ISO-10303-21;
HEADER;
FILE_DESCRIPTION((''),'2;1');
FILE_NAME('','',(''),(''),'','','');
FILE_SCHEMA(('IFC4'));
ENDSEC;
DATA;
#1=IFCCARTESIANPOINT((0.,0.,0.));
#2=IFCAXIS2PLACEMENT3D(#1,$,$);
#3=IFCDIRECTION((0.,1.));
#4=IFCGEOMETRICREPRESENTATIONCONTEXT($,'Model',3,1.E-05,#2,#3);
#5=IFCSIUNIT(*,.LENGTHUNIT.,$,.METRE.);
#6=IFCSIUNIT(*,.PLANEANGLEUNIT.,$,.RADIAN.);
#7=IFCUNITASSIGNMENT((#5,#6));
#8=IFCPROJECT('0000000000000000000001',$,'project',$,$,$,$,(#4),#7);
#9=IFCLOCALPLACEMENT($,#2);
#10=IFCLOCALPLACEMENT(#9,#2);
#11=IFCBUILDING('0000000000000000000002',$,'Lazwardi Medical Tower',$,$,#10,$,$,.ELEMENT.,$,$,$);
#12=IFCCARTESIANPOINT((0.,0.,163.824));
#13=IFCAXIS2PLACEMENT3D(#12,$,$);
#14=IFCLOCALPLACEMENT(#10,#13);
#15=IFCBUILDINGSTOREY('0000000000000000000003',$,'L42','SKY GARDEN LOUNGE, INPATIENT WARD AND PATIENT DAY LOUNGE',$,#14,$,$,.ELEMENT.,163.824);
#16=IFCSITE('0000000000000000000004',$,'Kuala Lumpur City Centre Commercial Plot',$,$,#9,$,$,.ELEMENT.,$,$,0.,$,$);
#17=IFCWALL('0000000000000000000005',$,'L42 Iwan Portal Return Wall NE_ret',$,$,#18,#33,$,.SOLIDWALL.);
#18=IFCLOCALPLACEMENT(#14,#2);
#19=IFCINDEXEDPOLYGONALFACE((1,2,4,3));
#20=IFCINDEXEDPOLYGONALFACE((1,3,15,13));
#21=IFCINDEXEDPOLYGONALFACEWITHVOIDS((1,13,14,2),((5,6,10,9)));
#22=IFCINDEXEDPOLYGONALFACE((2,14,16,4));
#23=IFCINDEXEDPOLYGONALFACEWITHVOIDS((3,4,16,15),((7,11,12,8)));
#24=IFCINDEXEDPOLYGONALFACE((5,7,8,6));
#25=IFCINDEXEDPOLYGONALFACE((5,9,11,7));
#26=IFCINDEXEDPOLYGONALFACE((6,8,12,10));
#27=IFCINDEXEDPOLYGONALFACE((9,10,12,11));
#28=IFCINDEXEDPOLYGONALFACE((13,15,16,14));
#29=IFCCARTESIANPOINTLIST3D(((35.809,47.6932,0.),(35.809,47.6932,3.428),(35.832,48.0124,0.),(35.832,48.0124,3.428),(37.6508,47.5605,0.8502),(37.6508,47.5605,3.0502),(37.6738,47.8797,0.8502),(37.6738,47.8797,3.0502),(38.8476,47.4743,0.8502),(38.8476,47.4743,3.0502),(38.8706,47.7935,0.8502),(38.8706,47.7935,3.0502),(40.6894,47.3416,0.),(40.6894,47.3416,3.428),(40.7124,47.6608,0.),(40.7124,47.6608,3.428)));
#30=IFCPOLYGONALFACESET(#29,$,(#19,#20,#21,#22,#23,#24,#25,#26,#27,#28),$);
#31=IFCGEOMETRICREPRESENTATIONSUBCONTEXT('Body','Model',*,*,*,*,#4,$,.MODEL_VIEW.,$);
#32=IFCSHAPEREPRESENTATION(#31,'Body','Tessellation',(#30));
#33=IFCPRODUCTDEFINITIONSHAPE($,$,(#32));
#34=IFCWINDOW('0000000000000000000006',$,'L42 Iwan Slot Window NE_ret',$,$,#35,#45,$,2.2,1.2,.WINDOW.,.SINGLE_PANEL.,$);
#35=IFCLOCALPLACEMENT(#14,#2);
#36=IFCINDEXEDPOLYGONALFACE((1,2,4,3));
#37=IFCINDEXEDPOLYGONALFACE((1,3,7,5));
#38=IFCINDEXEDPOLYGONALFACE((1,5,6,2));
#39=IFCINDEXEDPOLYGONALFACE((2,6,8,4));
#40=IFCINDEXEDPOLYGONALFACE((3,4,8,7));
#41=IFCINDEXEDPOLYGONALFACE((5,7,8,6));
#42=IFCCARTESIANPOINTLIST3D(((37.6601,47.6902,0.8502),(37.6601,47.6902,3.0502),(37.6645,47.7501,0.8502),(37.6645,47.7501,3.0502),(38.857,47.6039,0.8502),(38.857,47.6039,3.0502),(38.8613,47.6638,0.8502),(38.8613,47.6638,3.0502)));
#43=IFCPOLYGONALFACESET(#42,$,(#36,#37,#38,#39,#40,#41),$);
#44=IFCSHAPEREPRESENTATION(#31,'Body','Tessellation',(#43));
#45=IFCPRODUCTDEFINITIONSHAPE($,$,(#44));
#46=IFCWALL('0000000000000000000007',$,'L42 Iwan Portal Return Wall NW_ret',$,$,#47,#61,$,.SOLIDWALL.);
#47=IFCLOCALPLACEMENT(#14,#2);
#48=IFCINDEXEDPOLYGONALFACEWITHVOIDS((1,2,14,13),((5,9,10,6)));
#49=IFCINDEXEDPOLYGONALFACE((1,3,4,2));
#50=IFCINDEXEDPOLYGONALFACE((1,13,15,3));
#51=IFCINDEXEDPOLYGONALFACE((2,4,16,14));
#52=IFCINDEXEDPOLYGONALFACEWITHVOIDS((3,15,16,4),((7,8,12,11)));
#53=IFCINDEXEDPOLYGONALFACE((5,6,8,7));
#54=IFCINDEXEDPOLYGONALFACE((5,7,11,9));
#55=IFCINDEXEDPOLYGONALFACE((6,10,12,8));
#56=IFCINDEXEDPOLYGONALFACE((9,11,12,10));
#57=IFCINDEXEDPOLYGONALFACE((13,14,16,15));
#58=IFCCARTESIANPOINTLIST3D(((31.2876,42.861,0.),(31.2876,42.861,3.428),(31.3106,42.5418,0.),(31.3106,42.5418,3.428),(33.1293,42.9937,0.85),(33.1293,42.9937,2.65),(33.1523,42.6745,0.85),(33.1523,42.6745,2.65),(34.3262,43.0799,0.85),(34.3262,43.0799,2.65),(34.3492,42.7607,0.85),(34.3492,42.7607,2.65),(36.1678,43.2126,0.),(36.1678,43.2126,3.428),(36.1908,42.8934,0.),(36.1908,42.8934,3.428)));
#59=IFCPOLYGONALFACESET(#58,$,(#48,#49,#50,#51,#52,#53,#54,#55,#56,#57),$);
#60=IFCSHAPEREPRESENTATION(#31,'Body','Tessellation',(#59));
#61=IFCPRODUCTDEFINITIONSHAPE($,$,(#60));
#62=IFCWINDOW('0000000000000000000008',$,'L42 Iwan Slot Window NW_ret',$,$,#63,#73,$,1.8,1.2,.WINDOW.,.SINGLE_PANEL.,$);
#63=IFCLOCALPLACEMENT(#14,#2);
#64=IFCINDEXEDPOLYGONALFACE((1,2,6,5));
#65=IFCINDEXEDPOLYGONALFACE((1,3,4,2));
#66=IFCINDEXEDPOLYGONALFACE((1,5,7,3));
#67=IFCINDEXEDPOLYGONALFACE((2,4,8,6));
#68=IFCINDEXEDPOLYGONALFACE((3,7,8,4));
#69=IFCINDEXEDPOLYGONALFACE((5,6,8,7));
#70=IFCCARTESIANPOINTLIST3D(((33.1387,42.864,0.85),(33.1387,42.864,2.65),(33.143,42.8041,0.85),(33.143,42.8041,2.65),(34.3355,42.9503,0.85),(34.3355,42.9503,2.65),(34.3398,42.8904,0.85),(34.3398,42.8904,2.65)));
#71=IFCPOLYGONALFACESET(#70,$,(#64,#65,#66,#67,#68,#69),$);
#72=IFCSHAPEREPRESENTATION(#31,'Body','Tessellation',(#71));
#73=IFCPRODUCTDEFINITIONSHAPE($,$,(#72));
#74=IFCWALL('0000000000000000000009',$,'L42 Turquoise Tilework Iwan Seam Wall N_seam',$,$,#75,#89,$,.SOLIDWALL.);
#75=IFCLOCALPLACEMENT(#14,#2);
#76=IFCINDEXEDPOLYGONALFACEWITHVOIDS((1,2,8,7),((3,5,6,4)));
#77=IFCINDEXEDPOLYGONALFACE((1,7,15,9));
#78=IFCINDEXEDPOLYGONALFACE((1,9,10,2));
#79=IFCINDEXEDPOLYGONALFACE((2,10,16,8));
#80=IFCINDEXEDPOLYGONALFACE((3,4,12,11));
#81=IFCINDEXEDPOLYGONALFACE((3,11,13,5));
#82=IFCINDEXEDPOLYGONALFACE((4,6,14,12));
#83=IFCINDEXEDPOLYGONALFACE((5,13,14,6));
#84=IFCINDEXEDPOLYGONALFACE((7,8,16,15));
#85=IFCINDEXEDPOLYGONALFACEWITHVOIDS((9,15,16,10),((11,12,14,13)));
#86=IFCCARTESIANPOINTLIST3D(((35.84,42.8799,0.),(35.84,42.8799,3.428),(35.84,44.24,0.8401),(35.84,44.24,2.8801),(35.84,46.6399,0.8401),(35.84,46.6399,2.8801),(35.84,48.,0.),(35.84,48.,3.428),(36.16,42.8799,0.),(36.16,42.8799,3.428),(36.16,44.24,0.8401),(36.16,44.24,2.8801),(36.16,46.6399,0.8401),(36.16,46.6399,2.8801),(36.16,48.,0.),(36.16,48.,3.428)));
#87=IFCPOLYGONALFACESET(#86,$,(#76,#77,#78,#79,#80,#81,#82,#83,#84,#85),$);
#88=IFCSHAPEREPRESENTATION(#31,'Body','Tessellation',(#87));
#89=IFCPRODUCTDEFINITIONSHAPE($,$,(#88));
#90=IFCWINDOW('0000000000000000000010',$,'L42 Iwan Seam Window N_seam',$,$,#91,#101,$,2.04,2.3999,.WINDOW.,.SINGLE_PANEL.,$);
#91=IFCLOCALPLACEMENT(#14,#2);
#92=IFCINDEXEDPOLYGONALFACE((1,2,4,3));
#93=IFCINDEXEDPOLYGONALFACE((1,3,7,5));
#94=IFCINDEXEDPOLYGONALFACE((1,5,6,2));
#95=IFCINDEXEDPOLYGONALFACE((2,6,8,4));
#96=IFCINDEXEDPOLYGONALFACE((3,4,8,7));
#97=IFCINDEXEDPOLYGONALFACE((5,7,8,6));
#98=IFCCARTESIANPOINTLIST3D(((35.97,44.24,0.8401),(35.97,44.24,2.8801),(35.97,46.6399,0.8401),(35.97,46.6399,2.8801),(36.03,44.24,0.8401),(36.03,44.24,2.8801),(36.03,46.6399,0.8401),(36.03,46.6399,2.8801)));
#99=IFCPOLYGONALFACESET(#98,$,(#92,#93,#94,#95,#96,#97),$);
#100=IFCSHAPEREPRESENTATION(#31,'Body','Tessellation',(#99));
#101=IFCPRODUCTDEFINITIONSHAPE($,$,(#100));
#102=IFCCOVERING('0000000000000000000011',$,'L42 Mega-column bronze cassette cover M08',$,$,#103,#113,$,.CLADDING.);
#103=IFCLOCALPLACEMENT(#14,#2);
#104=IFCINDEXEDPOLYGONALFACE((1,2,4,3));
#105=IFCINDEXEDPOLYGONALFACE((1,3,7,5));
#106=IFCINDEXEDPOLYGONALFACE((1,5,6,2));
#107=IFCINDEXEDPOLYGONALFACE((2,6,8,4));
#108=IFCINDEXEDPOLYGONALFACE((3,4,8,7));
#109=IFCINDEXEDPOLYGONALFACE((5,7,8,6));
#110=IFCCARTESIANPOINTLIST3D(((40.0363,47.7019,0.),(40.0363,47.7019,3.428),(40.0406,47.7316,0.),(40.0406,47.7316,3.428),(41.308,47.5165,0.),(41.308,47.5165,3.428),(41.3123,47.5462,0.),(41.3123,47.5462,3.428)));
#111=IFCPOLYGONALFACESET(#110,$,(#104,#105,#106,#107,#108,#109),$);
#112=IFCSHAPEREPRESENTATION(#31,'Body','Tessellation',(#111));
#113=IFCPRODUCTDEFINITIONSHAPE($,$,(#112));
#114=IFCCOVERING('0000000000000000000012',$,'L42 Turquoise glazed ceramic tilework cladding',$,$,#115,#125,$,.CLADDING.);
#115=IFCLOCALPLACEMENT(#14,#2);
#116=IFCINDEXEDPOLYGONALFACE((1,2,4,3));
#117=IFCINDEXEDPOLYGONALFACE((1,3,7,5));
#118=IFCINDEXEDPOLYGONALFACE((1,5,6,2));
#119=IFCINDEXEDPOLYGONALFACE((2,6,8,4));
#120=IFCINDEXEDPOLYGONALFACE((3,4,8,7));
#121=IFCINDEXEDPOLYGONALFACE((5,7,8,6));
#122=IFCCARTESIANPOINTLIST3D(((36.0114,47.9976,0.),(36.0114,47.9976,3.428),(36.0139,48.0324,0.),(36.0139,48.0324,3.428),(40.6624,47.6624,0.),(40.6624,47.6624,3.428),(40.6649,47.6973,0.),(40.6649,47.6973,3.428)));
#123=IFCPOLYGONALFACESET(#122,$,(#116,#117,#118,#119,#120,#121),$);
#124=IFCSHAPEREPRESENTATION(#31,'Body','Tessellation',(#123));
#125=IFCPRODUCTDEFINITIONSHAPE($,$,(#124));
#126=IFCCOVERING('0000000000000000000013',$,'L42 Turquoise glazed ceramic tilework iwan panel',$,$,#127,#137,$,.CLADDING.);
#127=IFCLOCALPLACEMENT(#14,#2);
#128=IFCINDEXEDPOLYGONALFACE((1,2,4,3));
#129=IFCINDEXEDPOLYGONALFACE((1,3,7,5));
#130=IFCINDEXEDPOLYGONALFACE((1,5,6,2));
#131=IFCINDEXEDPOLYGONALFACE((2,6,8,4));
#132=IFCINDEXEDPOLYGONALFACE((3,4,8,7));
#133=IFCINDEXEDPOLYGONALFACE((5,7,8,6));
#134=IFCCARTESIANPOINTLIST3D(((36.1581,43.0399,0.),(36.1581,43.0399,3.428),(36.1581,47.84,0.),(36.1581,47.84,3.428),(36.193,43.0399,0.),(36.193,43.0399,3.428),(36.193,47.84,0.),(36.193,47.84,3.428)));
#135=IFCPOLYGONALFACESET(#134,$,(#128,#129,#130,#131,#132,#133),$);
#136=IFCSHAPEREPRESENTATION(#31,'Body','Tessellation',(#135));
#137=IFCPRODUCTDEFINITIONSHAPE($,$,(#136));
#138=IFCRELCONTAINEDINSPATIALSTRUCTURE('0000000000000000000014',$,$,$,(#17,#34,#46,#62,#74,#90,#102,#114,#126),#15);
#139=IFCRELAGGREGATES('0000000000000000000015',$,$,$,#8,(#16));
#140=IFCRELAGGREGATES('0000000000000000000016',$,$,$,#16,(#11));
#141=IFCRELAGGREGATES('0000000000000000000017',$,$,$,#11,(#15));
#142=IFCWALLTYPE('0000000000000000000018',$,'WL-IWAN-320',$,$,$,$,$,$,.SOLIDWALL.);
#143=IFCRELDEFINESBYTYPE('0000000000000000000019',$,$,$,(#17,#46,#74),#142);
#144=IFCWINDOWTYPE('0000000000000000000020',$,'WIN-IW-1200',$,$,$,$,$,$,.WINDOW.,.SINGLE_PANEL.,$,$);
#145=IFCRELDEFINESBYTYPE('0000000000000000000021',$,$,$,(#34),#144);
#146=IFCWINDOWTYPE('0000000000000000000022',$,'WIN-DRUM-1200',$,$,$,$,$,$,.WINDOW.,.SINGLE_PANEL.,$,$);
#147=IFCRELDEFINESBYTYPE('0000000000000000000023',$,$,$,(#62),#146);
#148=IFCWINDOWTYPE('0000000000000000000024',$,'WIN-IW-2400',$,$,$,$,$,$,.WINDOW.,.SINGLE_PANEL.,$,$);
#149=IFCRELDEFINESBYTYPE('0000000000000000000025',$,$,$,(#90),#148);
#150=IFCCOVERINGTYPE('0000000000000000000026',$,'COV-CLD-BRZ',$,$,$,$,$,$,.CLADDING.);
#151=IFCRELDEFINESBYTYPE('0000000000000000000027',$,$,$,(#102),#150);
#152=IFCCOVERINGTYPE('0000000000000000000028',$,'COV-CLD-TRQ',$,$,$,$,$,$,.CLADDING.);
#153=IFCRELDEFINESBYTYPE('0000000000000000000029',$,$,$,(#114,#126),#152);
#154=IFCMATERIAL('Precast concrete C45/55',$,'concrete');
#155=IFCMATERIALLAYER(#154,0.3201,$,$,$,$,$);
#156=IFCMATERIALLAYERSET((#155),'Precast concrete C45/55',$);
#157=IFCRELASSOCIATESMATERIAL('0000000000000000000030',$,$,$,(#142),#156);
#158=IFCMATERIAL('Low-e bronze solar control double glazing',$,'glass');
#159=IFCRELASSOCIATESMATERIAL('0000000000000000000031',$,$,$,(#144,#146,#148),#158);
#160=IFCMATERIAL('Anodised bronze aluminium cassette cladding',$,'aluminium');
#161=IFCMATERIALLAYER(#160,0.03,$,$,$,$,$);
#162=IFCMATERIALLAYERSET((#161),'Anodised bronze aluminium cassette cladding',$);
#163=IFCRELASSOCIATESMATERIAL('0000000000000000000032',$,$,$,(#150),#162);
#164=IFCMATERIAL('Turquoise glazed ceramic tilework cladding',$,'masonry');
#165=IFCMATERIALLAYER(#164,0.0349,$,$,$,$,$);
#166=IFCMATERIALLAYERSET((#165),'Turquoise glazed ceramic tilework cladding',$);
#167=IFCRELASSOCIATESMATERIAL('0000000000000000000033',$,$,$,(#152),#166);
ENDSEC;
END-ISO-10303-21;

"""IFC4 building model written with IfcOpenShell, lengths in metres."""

from ifc_helpers import new_model, si_unit, direction, frame, frame_2d, origin, origin_2d, place, context, subcontext, project, spatial, rectangle, extrude, material, layer, layer_set, type_object, element, fill, save


model = new_model("IFC4")

# Units and contexts
model_context = context("Model", 3, precision=1e-05, world=origin(), true_north=direction((0.0, 1.0)))
body_context = subcontext(model_context, "Body", "Model", "MODEL_VIEW")
ifc_project = project(units=[si_unit("LENGTHUNIT", "METRE"), si_unit("PLANEANGLEUNIT", "RADIAN")], contexts=[model_context])

# Site, building, storey
site_placement = place(None, origin())
site = spatial("IfcSite", under=ifc_project, at=site_placement, Name="Kuala Lumpur City Centre Commercial Plot", CompositionType="ELEMENT", RefElevation=0.0)
building_placement = place(site_placement, origin())
building = spatial("IfcBuilding", under=site, at=building_placement, Name="Lazwardi Medical Tower", CompositionType="ELEMENT")
storey_placement = place(building_placement, frame((0.0, 0.0, 163.824)))
storey = spatial("IfcBuildingStorey", under=building, at=storey_placement, Name="L42", Description="SKY GARDEN LOUNGE, INPATIENT WARD AND PATIENT DAY LOUNGE", CompositionType="ELEMENT", Elevation=163.824)

# Shared definitions
ifc_material_1 = material(Name="Low-e bronze solar control double glazing", Category="glass")

# Walls, openings, windows
ifc_material_2 = material(Name="Precast concrete C45/55", Category="concrete")
ifc_layer_1 = layer(ifc_material_2, 0.3201)
ifc_layer_set_1 = layer_set([ifc_layer_1], Name="Precast concrete C45/55")
wall_type_1 = type_object("IfcWallType", Name="WL-IWAN-320", PredefinedType="SOLIDWALL", material=ifc_layer_set_1)
wall_1_placement = place(storey_placement, frame((40.7009, 47.5012, 0.0), z_axis=(0.0, 0.0, 1.0), x_axis=(-0.997415, 0.07185, 0.0)))
wall_1 = element("IfcWall", 1, at=wall_1_placement, inside=storey, type_object=wall_type_1, Name="L42 Iwan Portal Return Wall NE_ret", PredefinedType="SOLIDWALL", context=body_context, shape_type="SweptSolid", body=[
    extrude(rectangle(XDim=4.8931, YDim=0.3201, at=frame_2d((2.4465, 0.0))), origin(), (0.0, 0.0, 1.0), 3.428),
])
opening_1_placement = place(wall_1_placement, frame((1.8464, 0.0, 0.8501)))
opening_1 = element("IfcOpeningElement", 2, at=opening_1_placement, cuts=wall_1, PredefinedType="OPENING", context=body_context, shape_type="SweptSolid", body=[
    extrude(rectangle(XDim=1.2, YDim=2.2, at=frame_2d((0.6001, 1.1001))), frame((0.0, 0.1699, 0.0), z_axis=(0.0, -1.0, 0.0), x_axis=(1.0, 0.0, 0.0)), (0.0, 0.0, 1.0), 0.3401),
])
window_type_1 = type_object("IfcWindowType", Name="WIN-IW-1200", PartitioningType="SINGLE_PANEL", PredefinedType="WINDOW", material=ifc_material_1)
window_1_placement = place(opening_1_placement, origin())
window_1 = element("IfcWindow", 3, at=window_1_placement, inside=storey, type_object=window_type_1, Name="L42 Iwan Slot Window NE_ret", OverallHeight=2.2, OverallWidth=1.2, PartitioningType="SINGLE_PANEL", PredefinedType="WINDOW", context=body_context, shape_type="SweptSolid", body=[
    extrude(rectangle(XDim=1.2, YDim=2.2, at=frame_2d((0.6001, 1.1001))), frame((0.0, 0.03, 0.0), z_axis=(0.0, -1.0, 0.0), x_axis=(1.0, 0.0, 0.0)), (0.0, 0.0, 1.0), 0.0601),
])
fill(opening_1, window_1)
wall_2_placement = place(storey_placement, frame((36.1792, 43.053, 0.0), z_axis=(0.0, 0.0, 1.0), x_axis=(-0.997415, -0.071853, 0.0)))
wall_2 = element("IfcWall", 4, at=wall_2_placement, inside=storey, type_object=wall_type_1, Name="L42 Iwan Portal Return Wall NW_ret", PredefinedType="SOLIDWALL", context=body_context, shape_type="SweptSolid", body=[
    extrude(rectangle(XDim=4.8928, YDim=0.3201, at=frame_2d((2.4463, 0.0))), origin(), (0.0, 0.0, 1.0), 3.428),
])
opening_2_placement = place(wall_2_placement, frame((1.8462, 0.0, 0.8501)))
opening_2 = element("IfcOpeningElement", 5, at=opening_2_placement, cuts=wall_2, PredefinedType="OPENING", context=body_context, shape_type="SweptSolid", body=[
    extrude(rectangle(XDim=1.2, YDim=1.8, at=frame_2d((0.6001, 0.8999))), frame((0.0, 0.1699, 0.0), z_axis=(0.0, -1.0, 0.0), x_axis=(1.0, 0.0, 0.0)), (0.0, 0.0, 1.0), 0.3401),
])
window_type_2 = type_object("IfcWindowType", Name="WIN-DRUM-1200", PartitioningType="SINGLE_PANEL", PredefinedType="WINDOW", material=ifc_material_1)
window_2_placement = place(opening_2_placement, origin())
window_2 = element("IfcWindow", 6, at=window_2_placement, inside=storey, type_object=window_type_2, Name="L42 Iwan Slot Window NW_ret", OverallHeight=1.8, OverallWidth=1.2, PartitioningType="SINGLE_PANEL", PredefinedType="WINDOW", context=body_context, shape_type="SweptSolid", body=[
    extrude(rectangle(XDim=1.2, YDim=1.8, at=frame_2d((0.6001, 0.8999))), frame((0.0, 0.03, 0.0), z_axis=(0.0, -1.0, 0.0), x_axis=(1.0, 0.0, 0.0)), (0.0, 0.0, 1.0), 0.0601),
])
fill(opening_2, window_2)
wall_3_placement = place(storey_placement, frame((36.0, 48.0, 0.0), z_axis=(0.0, 0.0, 1.0), x_axis=(0.0, -1.0, 0.0)))
wall_3 = element("IfcWall", 7, at=wall_3_placement, inside=storey, type_object=wall_type_1, Name="L42 Turquoise Tilework Iwan Seam Wall N_seam", PredefinedType="SOLIDWALL", context=body_context, shape_type="SweptSolid", body=[
    extrude(rectangle(XDim=5.1201, YDim=0.3201, at=frame_2d((2.5601, 0.0))), origin(), (0.0, 0.0, 1.0), 3.428),
])
opening_3_placement = place(wall_3_placement, frame((1.3601, 0.0, 0.8401)))
opening_3 = element("IfcOpeningElement", 8, at=opening_3_placement, cuts=wall_3, PredefinedType="OPENING", context=body_context, shape_type="SweptSolid", body=[
    extrude(rectangle(XDim=2.3999, YDim=2.04, at=frame_2d((1.2, 1.02))), frame((0.0, 0.1699, 0.0), z_axis=(0.0, -1.0, 0.0), x_axis=(1.0, 0.0, 0.0)), (0.0, 0.0, 1.0), 0.3401),
])
window_type_3 = type_object("IfcWindowType", Name="WIN-IW-2400", PartitioningType="SINGLE_PANEL", PredefinedType="WINDOW", material=ifc_material_1)
window_3_placement = place(opening_3_placement, origin())
window_3 = element("IfcWindow", 9, at=window_3_placement, inside=storey, type_object=window_type_3, Name="L42 Iwan Seam Window N_seam", OverallHeight=2.04, OverallWidth=2.3999, PartitioningType="SINGLE_PANEL", PredefinedType="WINDOW", context=body_context, shape_type="SweptSolid", body=[
    extrude(rectangle(XDim=2.3999, YDim=2.04, at=frame_2d((1.2, 1.02))), frame((0.0, 0.03, 0.0), z_axis=(0.0, -1.0, 0.0), x_axis=(1.0, 0.0, 0.0)), (0.0, 0.0, 1.0), 0.0601),
])
fill(opening_3, window_3)

# Coverings
ifc_material_3 = material(Name="Anodised bronze aluminium cassette cladding", Category="aluminium")
ifc_layer_2 = layer(ifc_material_3, 0.03)
ifc_layer_set_2 = layer_set([ifc_layer_2], Name="Anodised bronze aluminium cassette cladding")
covering_type_1 = type_object("IfcCoveringType", Name="COV-CLD-BRZ", PredefinedType="CLADDING", material=ifc_layer_set_2)
covering_1_placement = place(storey_placement, frame((40.6743, 47.624, 0.0), z_axis=(0.0, 0.0, 1.0), x_axis=(-0.989539, 0.144265, 0.0)))
element("IfcCovering", 10, at=covering_1_placement, inside=storey, type_object=covering_type_1, Name="L42 Mega-column bronze cassette cover M08", PredefinedType="CLADDING", context=body_context, shape_type="SweptSolid", body=[
    extrude(rectangle(XDim=1.2852, YDim=0.03, at=origin_2d()), origin(), (0.0, 0.0, 1.0), 3.428),
])
ifc_material_4 = material(Name="Turquoise glazed ceramic tilework cladding", Category="masonry")
ifc_layer_3 = layer(ifc_material_4, 0.0349)
ifc_layer_set_3 = layer_set([ifc_layer_3], Name="Turquoise glazed ceramic tilework cladding")
covering_type_2 = type_object("IfcCoveringType", Name="COV-CLD-TRQ", PredefinedType="CLADDING", material=ifc_layer_set_3)
covering_2_placement = place(storey_placement, frame((38.3381, 47.8474, 0.0), z_axis=(0.0, 0.0, 1.0), x_axis=(-0.997415, 0.071863, 0.0)))
element("IfcCovering", 11, at=covering_2_placement, inside=storey, type_object=covering_type_2, Name="L42 Turquoise glazed ceramic tilework cladding", PredefinedType="CLADDING", context=body_context, shape_type="SweptSolid", body=[
    extrude(rectangle(XDim=4.6631, YDim=0.0349, at=origin_2d()), origin(), (0.0, 0.0, 1.0), 3.428),
])
covering_3_placement = place(storey_placement, frame((36.1755, 45.4399, 0.0), z_axis=(0.0, 0.0, 1.0), x_axis=(0.0, -1.0, 0.0)))
element("IfcCovering", 12, at=covering_3_placement, inside=storey, type_object=covering_type_2, Name="L42 Turquoise glazed ceramic tilework iwan panel", PredefinedType="CLADDING", context=body_context, shape_type="SweptSolid", body=[
    extrude(rectangle(XDim=4.8, YDim=0.0349, at=origin_2d()), origin(), (0.0, 0.0, 1.0), 3.428),
])

save(model, "model.ifc")
